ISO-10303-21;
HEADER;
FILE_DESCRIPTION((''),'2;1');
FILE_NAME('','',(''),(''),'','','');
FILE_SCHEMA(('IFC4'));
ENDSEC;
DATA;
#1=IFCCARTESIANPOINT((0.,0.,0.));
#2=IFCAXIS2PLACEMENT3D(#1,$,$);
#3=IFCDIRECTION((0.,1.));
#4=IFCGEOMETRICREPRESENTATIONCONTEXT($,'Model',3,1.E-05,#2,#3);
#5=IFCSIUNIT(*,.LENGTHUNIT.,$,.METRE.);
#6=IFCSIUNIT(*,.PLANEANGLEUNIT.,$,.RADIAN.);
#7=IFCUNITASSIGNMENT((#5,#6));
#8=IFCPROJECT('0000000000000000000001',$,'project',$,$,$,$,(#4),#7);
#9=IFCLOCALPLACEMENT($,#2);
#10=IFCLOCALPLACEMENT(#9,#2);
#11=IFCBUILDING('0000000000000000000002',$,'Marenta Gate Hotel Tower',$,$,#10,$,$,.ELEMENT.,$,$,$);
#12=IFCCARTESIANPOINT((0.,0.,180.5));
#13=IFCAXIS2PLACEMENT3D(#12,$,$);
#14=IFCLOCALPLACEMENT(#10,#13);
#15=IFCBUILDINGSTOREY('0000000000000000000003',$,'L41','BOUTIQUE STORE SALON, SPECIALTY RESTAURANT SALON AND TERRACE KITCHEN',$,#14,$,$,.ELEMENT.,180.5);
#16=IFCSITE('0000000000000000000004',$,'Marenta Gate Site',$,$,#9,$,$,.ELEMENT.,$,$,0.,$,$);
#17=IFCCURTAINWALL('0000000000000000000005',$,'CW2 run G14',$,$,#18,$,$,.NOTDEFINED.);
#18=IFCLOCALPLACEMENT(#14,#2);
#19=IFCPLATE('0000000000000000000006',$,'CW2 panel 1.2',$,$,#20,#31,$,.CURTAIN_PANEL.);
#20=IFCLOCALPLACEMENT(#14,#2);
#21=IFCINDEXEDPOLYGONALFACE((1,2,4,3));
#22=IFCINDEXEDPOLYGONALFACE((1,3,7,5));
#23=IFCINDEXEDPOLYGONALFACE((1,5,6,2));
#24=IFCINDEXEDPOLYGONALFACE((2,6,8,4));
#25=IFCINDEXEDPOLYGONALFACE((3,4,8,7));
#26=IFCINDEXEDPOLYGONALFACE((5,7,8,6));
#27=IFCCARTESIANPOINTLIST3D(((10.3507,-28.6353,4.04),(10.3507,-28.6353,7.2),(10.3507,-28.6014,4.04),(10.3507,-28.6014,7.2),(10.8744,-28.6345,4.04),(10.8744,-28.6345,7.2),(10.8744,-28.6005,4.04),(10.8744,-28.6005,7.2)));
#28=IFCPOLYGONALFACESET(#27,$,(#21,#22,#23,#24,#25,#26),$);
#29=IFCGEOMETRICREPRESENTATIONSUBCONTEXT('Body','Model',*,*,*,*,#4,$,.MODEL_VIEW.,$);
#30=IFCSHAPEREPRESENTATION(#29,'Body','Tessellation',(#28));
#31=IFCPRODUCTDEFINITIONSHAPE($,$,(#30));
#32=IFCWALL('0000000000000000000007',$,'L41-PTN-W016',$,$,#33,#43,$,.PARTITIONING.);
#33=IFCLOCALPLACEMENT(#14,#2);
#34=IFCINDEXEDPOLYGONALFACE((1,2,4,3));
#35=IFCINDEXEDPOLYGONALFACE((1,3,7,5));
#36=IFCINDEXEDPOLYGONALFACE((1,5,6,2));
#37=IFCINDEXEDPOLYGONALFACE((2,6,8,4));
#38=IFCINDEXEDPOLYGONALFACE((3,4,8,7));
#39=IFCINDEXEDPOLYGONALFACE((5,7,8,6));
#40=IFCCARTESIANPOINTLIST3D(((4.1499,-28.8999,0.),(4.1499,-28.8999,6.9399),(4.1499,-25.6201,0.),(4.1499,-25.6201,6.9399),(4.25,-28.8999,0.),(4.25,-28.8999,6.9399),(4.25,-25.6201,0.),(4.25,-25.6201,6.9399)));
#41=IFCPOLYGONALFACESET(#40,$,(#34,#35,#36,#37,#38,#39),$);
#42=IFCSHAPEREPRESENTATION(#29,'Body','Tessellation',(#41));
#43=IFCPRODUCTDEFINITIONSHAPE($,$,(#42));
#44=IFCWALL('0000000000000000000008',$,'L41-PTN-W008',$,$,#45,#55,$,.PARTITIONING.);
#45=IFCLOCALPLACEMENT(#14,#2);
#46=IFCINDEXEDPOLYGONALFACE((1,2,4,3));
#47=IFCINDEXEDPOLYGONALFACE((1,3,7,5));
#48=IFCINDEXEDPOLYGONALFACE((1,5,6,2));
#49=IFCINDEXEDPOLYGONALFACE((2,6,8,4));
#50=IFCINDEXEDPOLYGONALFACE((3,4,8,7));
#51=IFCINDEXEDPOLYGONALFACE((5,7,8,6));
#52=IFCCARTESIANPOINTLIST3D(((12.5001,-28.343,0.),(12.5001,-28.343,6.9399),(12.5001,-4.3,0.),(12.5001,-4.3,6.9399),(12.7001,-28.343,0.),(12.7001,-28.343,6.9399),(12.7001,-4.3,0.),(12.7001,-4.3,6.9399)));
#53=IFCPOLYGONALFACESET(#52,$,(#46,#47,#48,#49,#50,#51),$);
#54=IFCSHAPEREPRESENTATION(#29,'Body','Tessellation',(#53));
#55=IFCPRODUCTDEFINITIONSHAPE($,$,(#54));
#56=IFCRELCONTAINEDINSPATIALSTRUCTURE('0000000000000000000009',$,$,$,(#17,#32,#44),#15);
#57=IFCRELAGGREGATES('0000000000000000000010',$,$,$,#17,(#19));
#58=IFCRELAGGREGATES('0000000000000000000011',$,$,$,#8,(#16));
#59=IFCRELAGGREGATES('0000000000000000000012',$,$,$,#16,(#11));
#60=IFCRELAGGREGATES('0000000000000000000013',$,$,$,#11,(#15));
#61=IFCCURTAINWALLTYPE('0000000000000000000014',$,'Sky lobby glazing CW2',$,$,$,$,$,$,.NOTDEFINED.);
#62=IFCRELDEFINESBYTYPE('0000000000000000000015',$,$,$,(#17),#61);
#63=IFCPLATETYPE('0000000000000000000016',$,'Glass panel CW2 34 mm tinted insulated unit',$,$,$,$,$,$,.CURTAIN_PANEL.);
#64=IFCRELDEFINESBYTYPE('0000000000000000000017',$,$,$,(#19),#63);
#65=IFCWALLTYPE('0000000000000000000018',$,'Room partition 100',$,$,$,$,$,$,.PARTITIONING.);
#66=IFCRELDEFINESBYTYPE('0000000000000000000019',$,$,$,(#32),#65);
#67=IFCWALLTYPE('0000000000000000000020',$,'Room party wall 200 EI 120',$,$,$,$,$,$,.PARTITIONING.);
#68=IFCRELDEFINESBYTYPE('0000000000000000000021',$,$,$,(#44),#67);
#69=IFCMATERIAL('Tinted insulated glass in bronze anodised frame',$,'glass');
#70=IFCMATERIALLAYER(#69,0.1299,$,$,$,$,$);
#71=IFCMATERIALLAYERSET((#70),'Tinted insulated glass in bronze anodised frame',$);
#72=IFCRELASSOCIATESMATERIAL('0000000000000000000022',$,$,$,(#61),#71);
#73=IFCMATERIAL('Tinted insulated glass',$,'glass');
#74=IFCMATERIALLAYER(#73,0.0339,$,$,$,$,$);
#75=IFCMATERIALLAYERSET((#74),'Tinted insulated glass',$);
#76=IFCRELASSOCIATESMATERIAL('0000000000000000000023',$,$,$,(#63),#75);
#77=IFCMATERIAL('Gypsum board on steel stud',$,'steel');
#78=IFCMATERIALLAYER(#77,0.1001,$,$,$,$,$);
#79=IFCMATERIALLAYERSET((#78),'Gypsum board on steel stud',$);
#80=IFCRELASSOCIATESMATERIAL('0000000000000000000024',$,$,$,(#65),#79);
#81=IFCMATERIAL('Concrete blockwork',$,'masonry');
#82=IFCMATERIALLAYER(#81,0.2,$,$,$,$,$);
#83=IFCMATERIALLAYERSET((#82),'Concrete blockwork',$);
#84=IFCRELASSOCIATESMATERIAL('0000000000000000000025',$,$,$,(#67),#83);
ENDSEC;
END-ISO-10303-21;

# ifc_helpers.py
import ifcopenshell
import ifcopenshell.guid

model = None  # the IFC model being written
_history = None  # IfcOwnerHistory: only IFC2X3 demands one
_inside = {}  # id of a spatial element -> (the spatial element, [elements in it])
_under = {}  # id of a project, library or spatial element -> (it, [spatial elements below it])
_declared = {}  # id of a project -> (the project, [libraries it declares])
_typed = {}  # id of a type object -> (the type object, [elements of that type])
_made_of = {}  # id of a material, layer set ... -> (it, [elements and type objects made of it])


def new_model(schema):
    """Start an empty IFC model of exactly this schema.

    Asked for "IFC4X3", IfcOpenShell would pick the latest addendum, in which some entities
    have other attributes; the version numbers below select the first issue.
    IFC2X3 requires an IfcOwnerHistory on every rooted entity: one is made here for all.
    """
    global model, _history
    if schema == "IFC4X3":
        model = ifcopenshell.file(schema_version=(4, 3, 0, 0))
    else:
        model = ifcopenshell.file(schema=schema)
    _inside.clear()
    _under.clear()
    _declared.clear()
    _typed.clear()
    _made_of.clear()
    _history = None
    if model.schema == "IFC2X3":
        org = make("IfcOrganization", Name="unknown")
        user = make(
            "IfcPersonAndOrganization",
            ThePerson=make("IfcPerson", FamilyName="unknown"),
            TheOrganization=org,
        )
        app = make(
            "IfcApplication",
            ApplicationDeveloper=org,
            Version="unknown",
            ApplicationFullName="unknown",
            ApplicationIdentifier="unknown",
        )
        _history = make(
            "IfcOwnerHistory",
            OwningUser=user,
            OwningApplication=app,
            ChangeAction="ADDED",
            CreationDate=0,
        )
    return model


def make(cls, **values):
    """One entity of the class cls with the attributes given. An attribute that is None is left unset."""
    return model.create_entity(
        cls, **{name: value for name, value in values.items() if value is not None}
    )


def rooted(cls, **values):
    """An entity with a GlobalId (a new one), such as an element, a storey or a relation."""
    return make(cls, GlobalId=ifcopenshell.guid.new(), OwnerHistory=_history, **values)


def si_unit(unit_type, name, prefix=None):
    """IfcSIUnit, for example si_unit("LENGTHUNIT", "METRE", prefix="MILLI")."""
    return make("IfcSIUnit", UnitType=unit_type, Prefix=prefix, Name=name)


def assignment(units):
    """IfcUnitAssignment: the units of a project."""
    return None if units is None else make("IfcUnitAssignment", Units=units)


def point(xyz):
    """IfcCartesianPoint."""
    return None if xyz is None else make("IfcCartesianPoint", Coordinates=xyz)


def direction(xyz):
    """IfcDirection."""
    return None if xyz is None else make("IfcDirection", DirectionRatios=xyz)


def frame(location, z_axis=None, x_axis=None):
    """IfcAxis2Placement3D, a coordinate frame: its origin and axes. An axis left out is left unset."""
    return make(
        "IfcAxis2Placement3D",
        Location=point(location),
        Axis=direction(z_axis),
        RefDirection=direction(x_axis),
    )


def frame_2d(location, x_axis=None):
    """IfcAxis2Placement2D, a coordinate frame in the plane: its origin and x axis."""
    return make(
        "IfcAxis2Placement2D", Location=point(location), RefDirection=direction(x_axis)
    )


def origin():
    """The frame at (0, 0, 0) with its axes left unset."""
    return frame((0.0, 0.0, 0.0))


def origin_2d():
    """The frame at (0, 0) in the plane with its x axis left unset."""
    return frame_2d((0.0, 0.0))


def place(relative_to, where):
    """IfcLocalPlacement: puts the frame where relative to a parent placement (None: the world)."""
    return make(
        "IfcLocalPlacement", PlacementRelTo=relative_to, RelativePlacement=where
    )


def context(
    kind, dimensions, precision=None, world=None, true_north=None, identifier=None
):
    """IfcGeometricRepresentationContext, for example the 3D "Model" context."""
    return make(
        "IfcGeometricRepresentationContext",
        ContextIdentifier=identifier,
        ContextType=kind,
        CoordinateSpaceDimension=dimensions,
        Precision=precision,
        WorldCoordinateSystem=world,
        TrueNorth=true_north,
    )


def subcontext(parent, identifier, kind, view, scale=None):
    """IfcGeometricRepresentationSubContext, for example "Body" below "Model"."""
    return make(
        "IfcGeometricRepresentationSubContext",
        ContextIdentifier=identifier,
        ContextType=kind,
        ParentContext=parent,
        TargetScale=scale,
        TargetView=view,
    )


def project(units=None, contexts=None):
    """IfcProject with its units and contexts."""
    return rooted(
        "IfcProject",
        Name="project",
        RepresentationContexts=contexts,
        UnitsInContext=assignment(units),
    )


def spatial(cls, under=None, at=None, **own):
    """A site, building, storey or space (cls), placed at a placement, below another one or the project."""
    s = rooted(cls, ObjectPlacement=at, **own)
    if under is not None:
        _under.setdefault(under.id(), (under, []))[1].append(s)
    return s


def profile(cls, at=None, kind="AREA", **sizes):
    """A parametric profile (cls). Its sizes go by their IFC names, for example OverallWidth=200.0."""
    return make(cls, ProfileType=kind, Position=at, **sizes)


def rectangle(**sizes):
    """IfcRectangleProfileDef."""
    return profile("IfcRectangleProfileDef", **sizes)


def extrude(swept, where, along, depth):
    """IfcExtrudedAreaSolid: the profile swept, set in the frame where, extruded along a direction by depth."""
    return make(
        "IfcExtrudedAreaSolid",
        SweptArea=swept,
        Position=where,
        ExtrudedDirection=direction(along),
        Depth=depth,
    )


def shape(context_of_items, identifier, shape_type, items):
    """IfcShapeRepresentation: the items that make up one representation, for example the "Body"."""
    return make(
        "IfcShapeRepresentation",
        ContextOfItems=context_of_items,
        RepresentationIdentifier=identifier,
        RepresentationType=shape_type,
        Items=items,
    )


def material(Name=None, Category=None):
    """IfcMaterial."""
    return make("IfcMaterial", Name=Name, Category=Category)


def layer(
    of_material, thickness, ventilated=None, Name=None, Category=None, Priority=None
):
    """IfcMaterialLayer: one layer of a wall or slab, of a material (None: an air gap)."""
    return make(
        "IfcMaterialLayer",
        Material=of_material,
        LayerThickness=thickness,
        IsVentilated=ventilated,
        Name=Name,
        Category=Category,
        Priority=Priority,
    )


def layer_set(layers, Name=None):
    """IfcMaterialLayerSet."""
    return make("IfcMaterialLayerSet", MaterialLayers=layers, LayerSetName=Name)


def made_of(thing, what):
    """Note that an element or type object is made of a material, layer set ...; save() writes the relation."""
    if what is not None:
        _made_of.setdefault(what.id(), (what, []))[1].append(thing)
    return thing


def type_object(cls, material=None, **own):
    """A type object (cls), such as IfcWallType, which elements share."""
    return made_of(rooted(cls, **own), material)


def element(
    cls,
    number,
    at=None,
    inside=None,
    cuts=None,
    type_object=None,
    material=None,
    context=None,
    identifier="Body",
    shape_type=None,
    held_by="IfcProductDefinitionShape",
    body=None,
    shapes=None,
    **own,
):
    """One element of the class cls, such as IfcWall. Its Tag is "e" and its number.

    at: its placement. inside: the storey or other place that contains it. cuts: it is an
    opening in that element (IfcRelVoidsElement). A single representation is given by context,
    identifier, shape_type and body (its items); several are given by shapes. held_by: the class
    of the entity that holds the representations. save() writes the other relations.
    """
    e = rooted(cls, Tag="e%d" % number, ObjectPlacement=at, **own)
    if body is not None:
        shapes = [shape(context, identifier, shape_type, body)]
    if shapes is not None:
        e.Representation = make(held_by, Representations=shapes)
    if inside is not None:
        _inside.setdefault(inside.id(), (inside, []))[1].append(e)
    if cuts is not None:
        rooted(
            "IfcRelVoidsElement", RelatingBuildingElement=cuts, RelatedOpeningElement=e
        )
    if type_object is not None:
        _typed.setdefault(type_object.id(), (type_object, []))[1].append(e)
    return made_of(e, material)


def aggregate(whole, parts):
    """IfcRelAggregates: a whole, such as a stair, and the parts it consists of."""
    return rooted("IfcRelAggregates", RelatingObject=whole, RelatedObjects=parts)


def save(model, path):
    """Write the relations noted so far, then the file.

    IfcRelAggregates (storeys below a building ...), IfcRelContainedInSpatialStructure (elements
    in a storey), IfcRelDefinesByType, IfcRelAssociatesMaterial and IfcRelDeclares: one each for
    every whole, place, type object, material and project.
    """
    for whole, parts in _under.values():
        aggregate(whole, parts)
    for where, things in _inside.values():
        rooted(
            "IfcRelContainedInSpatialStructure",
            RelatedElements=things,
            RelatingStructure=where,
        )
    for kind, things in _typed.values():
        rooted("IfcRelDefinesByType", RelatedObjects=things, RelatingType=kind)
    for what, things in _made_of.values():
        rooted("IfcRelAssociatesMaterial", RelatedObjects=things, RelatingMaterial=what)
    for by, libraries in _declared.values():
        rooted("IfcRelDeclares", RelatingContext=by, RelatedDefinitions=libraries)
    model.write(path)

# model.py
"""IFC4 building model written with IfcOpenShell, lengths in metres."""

from ifc_helpers import new_model, si_unit, direction, frame, frame_2d, origin, origin_2d, place, context, subcontext, project, spatial, rectangle, extrude, material, layer, layer_set, type_object, element, aggregate, save


model = new_model("IFC4")

# Units and contexts
model_context = context("Model", 3, precision=1e-05, world=origin(), true_north=direction((0.0, 1.0)))
body_context = subcontext(model_context, "Body", "Model", "MODEL_VIEW")
ifc_project = project(units=[si_unit("LENGTHUNIT", "METRE"), si_unit("PLANEANGLEUNIT", "RADIAN")], contexts=[model_context])

# Site, building, storey
site_placement = place(None, origin())
site = spatial("IfcSite", under=ifc_project, at=site_placement, Name="Marenta Gate Site", CompositionType="ELEMENT", RefElevation=0.0)
building_placement = place(site_placement, origin())
building = spatial("IfcBuilding", under=site, at=building_placement, Name="Marenta Gate Hotel Tower", CompositionType="ELEMENT")
storey_placement = place(building_placement, frame((0.0, 0.0, 180.5)))
storey = spatial("IfcBuildingStorey", under=building, at=storey_placement, Name="L41", Description="BOUTIQUE STORE SALON, SPECIALTY RESTAURANT SALON AND TERRACE KITCHEN", CompositionType="ELEMENT", Elevation=180.5)

# Curtain wall
ifc_material_1 = material(Name="Tinted insulated glass in bronze anodised frame", Category="glass")
ifc_layer_1 = layer(ifc_material_1, 0.1299)
ifc_layer_set_1 = layer_set([ifc_layer_1], Name="Tinted insulated glass in bronze anodised frame")
curtain_wall_type = type_object("IfcCurtainWallType", Name="Sky lobby glazing CW2", PredefinedType="NOTDEFINED", material=ifc_layer_set_1)
curtain_wall_1_placement = place(storey_placement, origin())
curtain_wall_1 = element("IfcCurtainWall", 1, at=curtain_wall_1_placement, inside=storey, type_object=curtain_wall_type, Name="CW2 run G14", PredefinedType="NOTDEFINED")

# Plate
ifc_material_2 = material(Name="Tinted insulated glass", Category="glass")
ifc_layer_2 = layer(ifc_material_2, 0.0339)
ifc_layer_set_2 = layer_set([ifc_layer_2], Name="Tinted insulated glass")
plate_type = type_object("IfcPlateType", Name="Glass panel CW2 34 mm tinted insulated unit", PredefinedType="CURTAIN_PANEL", material=ifc_layer_set_2)
plate_1_placement = place(storey_placement, frame((10.6125, -28.6179, 4.04), z_axis=(0.0, 0.0, 1.0), x_axis=(0.999999, 0.001656, 0.0)))
plate_1 = element("IfcPlate", 2, at=plate_1_placement, type_object=plate_type, Name="CW2 panel 1.2", PredefinedType="CURTAIN_PANEL", context=body_context, shape_type="SweptSolid", body=[
    extrude(rectangle(XDim=0.5237, YDim=0.0339, at=origin_2d()), origin(), (0.0, 0.0, 1.0), 3.1599),
])
aggregate(curtain_wall_1, [plate_1])

# Walls
ifc_material_3 = material(Name="Gypsum board on steel stud", Category="steel")
ifc_layer_3 = layer(ifc_material_3, 0.1001)
ifc_layer_set_3 = layer_set([ifc_layer_3], Name="Gypsum board on steel stud")
wall_type_1 = type_object("IfcWallType", Name="Room partition 100", PredefinedType="PARTITIONING", material=ifc_layer_set_3)
wall_1_placement = place(storey_placement, frame((4.2, -28.8999, 0.0), z_axis=(0.0, 0.0, 1.0), x_axis=(0.0, 1.0, 0.0)))
element("IfcWall", 3, at=wall_1_placement, inside=storey, type_object=wall_type_1, Name="L41-PTN-W016", PredefinedType="PARTITIONING", context=body_context, shape_type="SweptSolid", body=[
    extrude(rectangle(XDim=3.2798, YDim=0.1001, at=frame_2d((1.6399, 0.0))), origin(), (0.0, 0.0, 1.0), 6.9399),
])
ifc_material_4 = material(Name="Concrete blockwork", Category="masonry")
ifc_layer_4 = layer(ifc_material_4, 0.2)
ifc_layer_set_4 = layer_set([ifc_layer_4], Name="Concrete blockwork")
wall_type_2 = type_object("IfcWallType", Name="Room party wall 200 EI 120", PredefinedType="PARTITIONING", material=ifc_layer_set_4)
wall_2_placement = place(storey_placement, frame((12.6001, -28.343, 0.0), z_axis=(0.0, 0.0, 1.0), x_axis=(0.0, 1.0, 0.0)))
element("IfcWall", 4, at=wall_2_placement, inside=storey, type_object=wall_type_2, Name="L41-PTN-W008", PredefinedType="PARTITIONING", context=body_context, shape_type="SweptSolid", body=[
    extrude(rectangle(XDim=24.043, YDim=0.2, at=frame_2d((12.0215, 0.0))), origin(), (0.0, 0.0, 1.0), 6.9399),
])

save(model, "model.ifc")
